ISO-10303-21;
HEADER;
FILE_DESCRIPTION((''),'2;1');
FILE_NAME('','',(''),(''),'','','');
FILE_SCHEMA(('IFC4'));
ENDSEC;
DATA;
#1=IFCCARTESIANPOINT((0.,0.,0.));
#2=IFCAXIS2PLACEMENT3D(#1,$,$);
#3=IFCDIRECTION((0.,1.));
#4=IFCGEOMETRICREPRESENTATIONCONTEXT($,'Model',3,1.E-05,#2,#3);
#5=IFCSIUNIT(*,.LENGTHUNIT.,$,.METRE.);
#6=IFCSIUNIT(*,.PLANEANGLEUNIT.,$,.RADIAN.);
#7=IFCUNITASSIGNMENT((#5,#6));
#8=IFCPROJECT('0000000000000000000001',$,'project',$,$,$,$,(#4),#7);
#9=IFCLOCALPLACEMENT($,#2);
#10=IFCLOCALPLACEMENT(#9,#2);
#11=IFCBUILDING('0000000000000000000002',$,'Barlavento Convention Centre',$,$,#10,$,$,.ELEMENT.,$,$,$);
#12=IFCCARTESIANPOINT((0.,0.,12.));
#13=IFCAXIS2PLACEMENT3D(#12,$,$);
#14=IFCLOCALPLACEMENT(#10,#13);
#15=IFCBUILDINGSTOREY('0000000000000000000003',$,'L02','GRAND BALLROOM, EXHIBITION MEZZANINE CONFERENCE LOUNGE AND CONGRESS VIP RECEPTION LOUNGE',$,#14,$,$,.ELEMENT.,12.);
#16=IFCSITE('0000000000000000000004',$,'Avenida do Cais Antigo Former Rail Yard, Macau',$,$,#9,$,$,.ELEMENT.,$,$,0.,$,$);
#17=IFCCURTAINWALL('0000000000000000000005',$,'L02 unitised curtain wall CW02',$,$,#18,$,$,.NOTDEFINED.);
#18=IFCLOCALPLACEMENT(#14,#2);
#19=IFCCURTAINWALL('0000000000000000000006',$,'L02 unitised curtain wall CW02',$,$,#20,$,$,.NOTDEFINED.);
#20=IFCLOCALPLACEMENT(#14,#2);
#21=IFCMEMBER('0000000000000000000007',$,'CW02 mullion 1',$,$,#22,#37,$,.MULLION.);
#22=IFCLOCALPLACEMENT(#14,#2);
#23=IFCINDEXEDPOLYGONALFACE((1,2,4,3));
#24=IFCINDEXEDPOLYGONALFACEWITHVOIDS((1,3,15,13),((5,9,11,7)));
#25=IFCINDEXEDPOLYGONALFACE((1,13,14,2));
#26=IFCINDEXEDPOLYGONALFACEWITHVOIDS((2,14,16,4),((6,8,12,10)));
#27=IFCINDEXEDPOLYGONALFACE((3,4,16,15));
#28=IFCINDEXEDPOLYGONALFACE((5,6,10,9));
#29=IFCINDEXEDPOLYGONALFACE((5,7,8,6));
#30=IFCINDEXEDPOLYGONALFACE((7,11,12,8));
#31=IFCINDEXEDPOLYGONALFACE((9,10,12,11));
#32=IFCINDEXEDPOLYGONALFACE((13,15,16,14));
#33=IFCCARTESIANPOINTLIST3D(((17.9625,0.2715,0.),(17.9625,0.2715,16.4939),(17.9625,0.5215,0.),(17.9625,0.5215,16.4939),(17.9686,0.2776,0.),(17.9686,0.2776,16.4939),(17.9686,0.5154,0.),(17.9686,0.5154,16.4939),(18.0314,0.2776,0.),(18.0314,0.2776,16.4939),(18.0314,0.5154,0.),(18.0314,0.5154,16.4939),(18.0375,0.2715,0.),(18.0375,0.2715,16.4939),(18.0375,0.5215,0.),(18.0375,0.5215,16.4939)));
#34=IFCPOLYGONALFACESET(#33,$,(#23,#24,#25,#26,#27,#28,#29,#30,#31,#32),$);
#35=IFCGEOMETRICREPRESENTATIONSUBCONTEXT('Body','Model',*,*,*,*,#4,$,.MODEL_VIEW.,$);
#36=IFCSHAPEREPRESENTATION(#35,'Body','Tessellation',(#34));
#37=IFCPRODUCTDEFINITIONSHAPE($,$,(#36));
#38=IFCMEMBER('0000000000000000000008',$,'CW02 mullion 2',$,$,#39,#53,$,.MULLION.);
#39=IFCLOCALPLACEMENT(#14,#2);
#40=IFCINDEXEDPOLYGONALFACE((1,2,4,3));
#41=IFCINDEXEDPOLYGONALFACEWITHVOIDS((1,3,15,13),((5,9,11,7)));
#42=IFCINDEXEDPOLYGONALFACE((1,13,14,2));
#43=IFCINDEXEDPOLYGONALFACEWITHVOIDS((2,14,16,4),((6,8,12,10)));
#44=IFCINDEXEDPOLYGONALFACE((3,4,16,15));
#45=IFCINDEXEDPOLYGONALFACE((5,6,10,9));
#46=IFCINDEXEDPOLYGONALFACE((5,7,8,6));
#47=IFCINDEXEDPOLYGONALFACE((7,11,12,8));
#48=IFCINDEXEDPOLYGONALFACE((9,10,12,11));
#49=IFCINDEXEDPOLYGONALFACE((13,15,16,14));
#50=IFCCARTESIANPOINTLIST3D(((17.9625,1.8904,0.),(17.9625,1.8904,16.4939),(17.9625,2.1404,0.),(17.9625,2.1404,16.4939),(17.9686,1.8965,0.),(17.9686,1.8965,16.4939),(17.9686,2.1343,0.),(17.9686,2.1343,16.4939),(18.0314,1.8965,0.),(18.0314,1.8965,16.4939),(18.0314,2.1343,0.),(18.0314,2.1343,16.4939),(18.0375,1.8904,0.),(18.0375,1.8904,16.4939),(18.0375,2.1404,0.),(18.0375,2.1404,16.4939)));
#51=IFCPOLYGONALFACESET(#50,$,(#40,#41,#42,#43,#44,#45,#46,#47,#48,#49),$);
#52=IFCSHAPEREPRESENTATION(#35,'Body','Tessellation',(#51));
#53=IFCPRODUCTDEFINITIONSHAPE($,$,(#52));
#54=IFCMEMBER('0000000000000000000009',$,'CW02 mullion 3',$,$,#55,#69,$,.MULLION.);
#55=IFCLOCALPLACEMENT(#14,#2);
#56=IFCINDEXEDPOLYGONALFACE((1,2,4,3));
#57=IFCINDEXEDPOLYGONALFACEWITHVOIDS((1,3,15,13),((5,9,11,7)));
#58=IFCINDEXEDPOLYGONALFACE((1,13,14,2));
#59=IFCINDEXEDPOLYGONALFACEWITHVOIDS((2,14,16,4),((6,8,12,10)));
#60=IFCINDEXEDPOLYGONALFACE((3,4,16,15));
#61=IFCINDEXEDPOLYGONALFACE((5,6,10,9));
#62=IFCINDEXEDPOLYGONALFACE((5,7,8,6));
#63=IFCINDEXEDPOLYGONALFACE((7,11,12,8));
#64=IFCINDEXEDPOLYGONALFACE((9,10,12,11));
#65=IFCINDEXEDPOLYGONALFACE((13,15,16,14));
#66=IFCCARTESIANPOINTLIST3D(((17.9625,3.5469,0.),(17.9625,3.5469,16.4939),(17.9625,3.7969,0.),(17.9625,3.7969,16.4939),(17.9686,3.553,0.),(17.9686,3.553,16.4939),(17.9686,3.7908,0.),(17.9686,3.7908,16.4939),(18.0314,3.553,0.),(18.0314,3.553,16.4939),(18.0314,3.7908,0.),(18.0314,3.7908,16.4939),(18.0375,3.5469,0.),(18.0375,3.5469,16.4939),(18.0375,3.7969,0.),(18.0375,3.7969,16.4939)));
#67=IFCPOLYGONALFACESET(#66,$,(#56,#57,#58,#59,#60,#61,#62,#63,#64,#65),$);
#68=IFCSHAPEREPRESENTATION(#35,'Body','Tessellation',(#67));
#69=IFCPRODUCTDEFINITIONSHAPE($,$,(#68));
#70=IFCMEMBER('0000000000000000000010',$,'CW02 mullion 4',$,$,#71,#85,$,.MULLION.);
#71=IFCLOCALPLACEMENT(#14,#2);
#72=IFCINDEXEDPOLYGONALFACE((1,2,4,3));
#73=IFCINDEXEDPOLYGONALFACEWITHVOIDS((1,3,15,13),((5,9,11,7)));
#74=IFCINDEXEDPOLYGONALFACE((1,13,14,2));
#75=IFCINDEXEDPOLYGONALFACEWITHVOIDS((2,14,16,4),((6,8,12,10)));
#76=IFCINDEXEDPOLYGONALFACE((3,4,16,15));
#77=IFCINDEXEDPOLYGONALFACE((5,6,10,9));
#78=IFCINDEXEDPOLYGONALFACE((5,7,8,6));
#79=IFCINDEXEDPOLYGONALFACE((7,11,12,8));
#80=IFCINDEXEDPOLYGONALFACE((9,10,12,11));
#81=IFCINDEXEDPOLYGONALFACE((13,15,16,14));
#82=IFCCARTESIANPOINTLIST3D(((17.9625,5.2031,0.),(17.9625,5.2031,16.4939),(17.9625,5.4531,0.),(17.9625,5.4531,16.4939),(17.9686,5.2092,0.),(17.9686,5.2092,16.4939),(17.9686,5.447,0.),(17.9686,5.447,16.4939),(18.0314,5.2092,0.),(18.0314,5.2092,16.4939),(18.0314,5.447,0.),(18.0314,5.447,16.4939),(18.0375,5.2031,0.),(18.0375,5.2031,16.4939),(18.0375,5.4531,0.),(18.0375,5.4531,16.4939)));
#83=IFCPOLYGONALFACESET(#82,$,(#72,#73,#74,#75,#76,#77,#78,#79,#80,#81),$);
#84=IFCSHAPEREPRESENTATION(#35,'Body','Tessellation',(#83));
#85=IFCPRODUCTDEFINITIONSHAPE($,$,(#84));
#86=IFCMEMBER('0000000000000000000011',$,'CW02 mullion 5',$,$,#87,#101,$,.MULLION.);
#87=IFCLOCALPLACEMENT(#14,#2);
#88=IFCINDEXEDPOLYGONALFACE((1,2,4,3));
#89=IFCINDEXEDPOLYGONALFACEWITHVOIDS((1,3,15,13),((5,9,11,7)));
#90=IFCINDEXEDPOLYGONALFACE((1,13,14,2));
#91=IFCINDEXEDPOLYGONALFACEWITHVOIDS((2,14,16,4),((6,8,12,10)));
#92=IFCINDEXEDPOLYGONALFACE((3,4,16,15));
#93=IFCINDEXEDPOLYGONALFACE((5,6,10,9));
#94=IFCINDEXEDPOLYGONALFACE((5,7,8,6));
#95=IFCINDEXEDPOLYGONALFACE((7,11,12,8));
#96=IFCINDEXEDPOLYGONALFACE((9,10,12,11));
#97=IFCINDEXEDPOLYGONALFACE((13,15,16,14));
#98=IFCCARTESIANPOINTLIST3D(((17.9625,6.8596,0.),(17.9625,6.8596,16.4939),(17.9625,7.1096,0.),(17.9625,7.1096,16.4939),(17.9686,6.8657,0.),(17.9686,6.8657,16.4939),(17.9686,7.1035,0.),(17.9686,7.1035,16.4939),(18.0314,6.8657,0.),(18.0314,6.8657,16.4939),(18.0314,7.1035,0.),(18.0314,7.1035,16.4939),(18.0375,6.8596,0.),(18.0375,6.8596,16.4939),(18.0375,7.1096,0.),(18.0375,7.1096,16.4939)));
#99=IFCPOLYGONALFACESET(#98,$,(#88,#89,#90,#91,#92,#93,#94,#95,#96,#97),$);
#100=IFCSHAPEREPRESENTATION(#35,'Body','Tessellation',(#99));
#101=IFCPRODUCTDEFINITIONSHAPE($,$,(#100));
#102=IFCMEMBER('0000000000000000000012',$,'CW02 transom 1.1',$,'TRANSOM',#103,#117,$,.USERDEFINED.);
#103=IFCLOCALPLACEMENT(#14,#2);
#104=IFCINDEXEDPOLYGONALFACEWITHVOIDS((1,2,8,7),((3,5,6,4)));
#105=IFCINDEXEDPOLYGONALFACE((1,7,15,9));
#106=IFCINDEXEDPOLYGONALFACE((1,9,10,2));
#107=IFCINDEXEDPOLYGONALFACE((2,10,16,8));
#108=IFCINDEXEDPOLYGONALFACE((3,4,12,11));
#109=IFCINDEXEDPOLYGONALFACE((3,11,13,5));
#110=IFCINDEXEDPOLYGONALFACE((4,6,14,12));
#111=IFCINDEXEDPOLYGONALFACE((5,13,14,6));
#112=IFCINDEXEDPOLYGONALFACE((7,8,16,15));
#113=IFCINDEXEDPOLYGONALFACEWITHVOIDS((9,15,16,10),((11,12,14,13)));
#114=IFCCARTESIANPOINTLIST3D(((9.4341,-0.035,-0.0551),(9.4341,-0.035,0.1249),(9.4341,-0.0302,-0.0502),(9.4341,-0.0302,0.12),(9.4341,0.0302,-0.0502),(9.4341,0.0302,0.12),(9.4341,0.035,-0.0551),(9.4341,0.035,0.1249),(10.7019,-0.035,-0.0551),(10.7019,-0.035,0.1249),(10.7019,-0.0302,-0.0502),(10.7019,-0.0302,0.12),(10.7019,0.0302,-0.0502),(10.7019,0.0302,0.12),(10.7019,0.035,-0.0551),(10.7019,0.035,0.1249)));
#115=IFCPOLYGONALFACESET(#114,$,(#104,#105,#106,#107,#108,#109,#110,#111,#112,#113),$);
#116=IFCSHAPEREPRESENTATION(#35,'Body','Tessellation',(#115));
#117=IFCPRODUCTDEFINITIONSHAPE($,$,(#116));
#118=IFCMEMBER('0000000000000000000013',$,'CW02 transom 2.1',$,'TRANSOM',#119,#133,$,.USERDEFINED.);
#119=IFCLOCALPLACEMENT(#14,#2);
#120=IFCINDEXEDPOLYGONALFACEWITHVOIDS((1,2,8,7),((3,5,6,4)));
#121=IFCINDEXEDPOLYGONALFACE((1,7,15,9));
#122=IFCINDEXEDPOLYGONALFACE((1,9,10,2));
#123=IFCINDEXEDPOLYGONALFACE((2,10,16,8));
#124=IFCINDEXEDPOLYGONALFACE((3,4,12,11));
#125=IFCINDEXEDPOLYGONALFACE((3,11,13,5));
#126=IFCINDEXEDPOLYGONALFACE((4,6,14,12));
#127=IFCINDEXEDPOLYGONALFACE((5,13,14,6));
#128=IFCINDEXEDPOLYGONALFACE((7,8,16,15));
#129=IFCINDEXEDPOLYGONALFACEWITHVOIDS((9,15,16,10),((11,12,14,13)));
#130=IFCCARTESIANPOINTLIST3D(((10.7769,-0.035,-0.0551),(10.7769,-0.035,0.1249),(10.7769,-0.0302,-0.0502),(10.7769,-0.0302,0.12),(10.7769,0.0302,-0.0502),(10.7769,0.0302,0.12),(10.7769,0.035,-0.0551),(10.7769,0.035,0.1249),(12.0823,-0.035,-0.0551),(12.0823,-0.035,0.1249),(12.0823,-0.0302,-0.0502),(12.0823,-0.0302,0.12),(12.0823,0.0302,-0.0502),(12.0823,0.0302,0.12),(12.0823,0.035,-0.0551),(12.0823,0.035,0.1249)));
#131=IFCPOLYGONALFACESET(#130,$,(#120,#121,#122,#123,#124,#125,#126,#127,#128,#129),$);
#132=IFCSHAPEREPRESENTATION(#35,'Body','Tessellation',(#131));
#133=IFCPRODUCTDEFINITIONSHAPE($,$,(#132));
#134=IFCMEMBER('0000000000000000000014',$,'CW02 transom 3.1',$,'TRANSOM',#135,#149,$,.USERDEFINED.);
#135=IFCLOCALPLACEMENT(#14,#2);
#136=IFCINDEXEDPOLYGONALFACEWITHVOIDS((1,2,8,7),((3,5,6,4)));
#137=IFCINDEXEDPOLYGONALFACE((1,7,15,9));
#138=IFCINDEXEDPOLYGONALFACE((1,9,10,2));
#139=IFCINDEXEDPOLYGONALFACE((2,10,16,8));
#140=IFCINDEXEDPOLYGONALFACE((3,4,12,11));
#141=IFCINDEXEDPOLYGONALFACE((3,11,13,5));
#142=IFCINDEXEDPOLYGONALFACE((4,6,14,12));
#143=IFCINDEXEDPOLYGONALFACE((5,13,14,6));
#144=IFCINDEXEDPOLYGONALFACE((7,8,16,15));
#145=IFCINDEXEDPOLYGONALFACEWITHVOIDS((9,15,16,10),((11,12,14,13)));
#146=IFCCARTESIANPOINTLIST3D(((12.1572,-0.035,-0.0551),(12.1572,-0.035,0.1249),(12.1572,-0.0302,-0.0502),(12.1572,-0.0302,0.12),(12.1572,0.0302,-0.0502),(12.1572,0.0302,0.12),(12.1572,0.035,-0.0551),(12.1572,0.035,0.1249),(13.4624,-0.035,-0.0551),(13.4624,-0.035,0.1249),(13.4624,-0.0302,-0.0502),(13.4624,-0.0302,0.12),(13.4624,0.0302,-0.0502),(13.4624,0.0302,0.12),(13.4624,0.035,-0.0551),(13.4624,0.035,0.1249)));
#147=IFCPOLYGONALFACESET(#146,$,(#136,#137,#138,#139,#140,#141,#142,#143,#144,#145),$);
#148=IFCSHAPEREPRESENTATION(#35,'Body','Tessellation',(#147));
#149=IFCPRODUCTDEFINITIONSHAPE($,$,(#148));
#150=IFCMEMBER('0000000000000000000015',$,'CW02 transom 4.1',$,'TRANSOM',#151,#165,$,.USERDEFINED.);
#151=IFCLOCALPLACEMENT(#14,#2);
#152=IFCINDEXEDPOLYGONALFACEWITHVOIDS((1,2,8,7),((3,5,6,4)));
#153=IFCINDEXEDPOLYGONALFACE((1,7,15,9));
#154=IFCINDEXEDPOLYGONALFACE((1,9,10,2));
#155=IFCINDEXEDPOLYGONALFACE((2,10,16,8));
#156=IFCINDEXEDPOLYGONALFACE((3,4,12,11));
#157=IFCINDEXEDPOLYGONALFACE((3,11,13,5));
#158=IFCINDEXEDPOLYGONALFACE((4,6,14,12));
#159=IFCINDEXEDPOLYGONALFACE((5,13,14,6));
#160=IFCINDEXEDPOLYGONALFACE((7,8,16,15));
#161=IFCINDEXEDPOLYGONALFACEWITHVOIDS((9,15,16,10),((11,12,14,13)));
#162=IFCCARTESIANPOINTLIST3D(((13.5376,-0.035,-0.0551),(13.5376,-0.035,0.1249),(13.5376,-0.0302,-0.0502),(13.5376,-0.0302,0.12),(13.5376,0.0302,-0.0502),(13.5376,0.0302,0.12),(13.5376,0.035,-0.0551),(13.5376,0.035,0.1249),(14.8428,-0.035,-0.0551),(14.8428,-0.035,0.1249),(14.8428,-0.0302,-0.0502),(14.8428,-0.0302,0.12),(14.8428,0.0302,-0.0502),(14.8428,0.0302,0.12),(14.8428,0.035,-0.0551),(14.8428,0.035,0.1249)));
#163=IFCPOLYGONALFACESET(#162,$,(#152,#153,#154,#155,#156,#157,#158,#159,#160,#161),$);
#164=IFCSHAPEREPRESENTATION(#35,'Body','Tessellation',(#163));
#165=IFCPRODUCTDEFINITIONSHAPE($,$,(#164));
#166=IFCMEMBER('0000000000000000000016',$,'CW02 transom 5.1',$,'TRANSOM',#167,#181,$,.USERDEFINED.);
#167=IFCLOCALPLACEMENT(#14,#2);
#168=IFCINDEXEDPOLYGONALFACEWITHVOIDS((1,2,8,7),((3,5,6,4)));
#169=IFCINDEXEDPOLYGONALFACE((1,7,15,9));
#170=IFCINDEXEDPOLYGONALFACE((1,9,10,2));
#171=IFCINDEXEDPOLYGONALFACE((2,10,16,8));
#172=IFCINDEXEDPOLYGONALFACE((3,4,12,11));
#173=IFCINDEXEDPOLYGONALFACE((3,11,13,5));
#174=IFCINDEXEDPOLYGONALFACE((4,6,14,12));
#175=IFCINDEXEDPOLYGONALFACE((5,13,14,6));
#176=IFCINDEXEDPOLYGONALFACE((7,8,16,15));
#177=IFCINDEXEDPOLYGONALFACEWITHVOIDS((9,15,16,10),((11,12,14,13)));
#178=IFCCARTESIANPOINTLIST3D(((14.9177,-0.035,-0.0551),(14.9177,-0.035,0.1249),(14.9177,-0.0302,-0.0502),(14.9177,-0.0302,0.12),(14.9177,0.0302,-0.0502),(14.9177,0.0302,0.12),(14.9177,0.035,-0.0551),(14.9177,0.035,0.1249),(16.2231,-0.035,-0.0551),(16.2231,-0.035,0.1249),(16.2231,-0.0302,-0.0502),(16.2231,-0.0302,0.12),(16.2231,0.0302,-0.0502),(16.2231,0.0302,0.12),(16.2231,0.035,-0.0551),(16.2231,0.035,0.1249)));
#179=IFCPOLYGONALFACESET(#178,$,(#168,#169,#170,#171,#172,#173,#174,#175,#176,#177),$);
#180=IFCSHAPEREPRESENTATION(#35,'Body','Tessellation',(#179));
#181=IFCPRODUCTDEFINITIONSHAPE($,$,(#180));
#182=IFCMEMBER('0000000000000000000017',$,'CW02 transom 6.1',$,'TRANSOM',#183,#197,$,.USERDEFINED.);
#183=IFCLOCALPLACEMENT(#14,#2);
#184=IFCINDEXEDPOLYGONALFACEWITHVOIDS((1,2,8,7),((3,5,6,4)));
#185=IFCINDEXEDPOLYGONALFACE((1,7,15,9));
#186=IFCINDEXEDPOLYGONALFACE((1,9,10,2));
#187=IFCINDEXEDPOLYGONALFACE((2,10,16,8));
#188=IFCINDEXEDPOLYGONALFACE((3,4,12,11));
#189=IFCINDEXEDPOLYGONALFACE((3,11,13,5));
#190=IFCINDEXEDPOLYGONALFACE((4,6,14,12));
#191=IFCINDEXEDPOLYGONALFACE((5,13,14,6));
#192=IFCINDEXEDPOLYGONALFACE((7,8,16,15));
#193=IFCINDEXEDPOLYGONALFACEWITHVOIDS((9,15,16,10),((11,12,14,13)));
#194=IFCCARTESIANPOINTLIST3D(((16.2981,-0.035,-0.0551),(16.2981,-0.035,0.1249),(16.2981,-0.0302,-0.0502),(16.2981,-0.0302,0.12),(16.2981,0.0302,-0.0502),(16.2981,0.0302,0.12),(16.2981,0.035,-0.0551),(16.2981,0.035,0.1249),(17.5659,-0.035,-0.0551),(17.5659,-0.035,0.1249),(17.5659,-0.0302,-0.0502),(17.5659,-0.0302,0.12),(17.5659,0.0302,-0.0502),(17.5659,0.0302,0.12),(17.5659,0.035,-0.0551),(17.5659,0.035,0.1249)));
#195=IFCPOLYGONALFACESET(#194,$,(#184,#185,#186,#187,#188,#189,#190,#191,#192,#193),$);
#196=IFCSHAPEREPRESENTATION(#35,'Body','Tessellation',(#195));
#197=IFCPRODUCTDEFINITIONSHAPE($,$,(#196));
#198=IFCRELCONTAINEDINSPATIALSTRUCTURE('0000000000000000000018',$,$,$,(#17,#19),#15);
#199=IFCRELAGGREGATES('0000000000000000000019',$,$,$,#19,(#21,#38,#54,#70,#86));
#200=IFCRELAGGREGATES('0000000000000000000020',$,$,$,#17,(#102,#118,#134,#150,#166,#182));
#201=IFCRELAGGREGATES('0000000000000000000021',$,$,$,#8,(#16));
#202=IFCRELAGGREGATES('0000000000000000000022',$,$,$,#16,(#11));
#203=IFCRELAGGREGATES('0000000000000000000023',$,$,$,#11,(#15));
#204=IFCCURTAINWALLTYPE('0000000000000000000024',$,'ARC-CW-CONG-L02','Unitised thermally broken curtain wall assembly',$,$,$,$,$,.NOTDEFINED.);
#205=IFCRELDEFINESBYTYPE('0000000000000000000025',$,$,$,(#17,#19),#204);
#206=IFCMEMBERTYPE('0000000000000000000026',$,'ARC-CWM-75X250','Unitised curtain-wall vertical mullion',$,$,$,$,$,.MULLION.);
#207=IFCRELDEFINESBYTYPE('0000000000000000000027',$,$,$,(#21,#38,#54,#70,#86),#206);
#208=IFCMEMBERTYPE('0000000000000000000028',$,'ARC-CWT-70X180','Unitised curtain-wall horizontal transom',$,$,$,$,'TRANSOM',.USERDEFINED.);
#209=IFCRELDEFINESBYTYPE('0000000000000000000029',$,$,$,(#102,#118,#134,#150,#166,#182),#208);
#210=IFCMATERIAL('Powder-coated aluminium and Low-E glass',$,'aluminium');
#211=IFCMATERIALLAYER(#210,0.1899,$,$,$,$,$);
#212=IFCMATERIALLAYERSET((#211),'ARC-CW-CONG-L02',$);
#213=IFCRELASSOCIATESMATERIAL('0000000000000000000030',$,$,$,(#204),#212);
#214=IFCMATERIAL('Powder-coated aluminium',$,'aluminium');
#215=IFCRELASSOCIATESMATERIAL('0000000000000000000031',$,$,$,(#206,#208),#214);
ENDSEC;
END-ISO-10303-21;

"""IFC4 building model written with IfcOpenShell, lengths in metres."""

from ifc_helpers import new_model, si_unit, direction, frame, origin, origin_2d, place, context, subcontext, project, spatial, hollow_rectangle, extrude, material, layer, layer_set, material_profile, profile_set, type_object, element, aggregate, save


model = new_model("IFC4")

# Units and contexts
model_context = context("Model", 3, precision=1e-05, world=origin(), true_north=direction((0.0, 1.0)))
body_context = subcontext(model_context, "Body", "Model", "MODEL_VIEW")
ifc_project = project(units=[si_unit("LENGTHUNIT", "METRE"), si_unit("PLANEANGLEUNIT", "RADIAN")], contexts=[model_context])

# Site, building, storey
site_placement = place(None, origin())
site = spatial("IfcSite", under=ifc_project, at=site_placement, Name="Avenida do Cais Antigo Former Rail Yard, Macau", CompositionType="ELEMENT", RefElevation=0.0)
building_placement = place(site_placement, origin())
building = spatial("IfcBuilding", under=site, at=building_placement, Name="Barlavento Convention Centre", CompositionType="ELEMENT")
storey_placement = place(building_placement, frame((0.0, 0.0, 12.0)))
storey = spatial("IfcBuildingStorey", under=building, at=storey_placement, Name="L02", Description="GRAND BALLROOM, EXHIBITION MEZZANINE CONFERENCE LOUNGE AND CONGRESS VIP RECEPTION LOUNGE", CompositionType="ELEMENT", Elevation=12.0)

# Curtain walls, members
ifc_material_1 = material(Name="Powder-coated aluminium and Low-E glass", Category="aluminium")
ifc_layer_1 = layer(ifc_material_1, 0.1899)
ifc_layer_set_1 = layer_set([ifc_layer_1], Name="ARC-CW-CONG-L02")
curtain_wall_type = type_object("IfcCurtainWallType", Name="ARC-CW-CONG-L02", Description="Unitised thermally broken curtain wall assembly", PredefinedType="NOTDEFINED", material=ifc_layer_set_1)
curtain_wall_1_placement = place(storey_placement, origin())
curtain_wall_1 = element("IfcCurtainWall", 1, at=curtain_wall_1_placement, inside=storey, type_object=curtain_wall_type, Name="L02 unitised curtain wall CW02", PredefinedType="NOTDEFINED")
ifc_material_2 = material(Name="Powder-coated aluminium", Category="aluminium")
ifc_material_profile_1 = material_profile(ifc_material_2, hollow_rectangle(XDim=0.075, YDim=0.25, WallThickness=0.0061, at=origin_2d()), Name="AL-MULL 75x250x6")
ifc_profile_set_1 = profile_set([ifc_material_profile_1], Name="Powder-coated aluminium")
member_type_1 = type_object("IfcMemberType", Name="ARC-CWM-75X250", Description="Unitised curtain-wall vertical mullion", PredefinedType="MULLION", material=ifc_profile_set_1)
curtain_wall_2_placement = place(storey_placement, origin())
curtain_wall_2 = element("IfcCurtainWall", 2, at=curtain_wall_2_placement, inside=storey, type_object=curtain_wall_type, Name="L02 unitised curtain wall CW02", PredefinedType="NOTDEFINED")
member_1_placement = place(storey_placement, frame((18.0, 0.3965, 0.0), z_axis=(0.0, 0.0, 1.0), x_axis=(-1.0, 0.0, 0.0)))
member_1 = element("IfcMember", 3, at=member_1_placement, type_object=member_type_1, Name="CW02 mullion 1", PredefinedType="MULLION", context=body_context, shape_type="SweptSolid", body=[
    extrude(hollow_rectangle(XDim=0.075, YDim=0.25, WallThickness=0.0061, at=origin_2d()), origin(), (0.0, 0.0, 1.0), 16.4939),
])
member_2_placement = place(storey_placement, frame((18.0, 2.0154, 0.0), z_axis=(0.0, 0.0, 1.0), x_axis=(-1.0, 0.0, 0.0)))
member_2 = element("IfcMember", 4, at=member_2_placement, type_object=member_type_1, Name="CW02 mullion 2", PredefinedType="MULLION", context=body_context, shape_type="SweptSolid", body=[
    extrude(hollow_rectangle(XDim=0.075, YDim=0.25, WallThickness=0.0061, at=origin_2d()), origin(), (0.0, 0.0, 1.0), 16.4939),
])
member_3_placement = place(storey_placement, frame((18.0, 3.6719, 0.0), z_axis=(0.0, 0.0, 1.0), x_axis=(-1.0, 0.0, 0.0)))
member_3 = element("IfcMember", 5, at=member_3_placement, type_object=member_type_1, Name="CW02 mullion 3", PredefinedType="MULLION", context=body_context, shape_type="SweptSolid", body=[
    extrude(hollow_rectangle(XDim=0.075, YDim=0.25, WallThickness=0.0061, at=origin_2d()), origin(), (0.0, 0.0, 1.0), 16.4939),
])
member_4_placement = place(storey_placement, frame((18.0, 5.3281, 0.0), z_axis=(0.0, 0.0, 1.0), x_axis=(-1.0, 0.0, 0.0)))
member_4 = element("IfcMember", 6, at=member_4_placement, type_object=member_type_1, Name="CW02 mullion 4", PredefinedType="MULLION", context=body_context, shape_type="SweptSolid", body=[
    extrude(hollow_rectangle(XDim=0.075, YDim=0.25, WallThickness=0.0061, at=origin_2d()), origin(), (0.0, 0.0, 1.0), 16.4939),
])
member_5_placement = place(storey_placement, frame((18.0, 6.9846, 0.0), z_axis=(0.0, 0.0, 1.0), x_axis=(-1.0, 0.0, 0.0)))
member_5 = element("IfcMember", 7, at=member_5_placement, type_object=member_type_1, Name="CW02 mullion 5", PredefinedType="MULLION", context=body_context, shape_type="SweptSolid", body=[
    extrude(hollow_rectangle(XDim=0.075, YDim=0.25, WallThickness=0.0061, at=origin_2d()), origin(), (0.0, 0.0, 1.0), 16.4939),
])

# Members
ifc_material_profile_2 = material_profile(ifc_material_2, hollow_rectangle(XDim=0.0701, YDim=0.1799, WallThickness=0.0049, at=origin_2d()), Name="AL-TRAN 70x180x5")
ifc_profile_set_2 = profile_set([ifc_material_profile_2], Name="Powder-coated aluminium")
member_type_2 = type_object("IfcMemberType", Name="ARC-CWT-70X180", Description="Unitised curtain-wall horizontal transom", ElementType="TRANSOM", PredefinedType="USERDEFINED", material=ifc_profile_set_2)
member_6_placement = place(storey_placement, frame((9.4341, 0.0, 0.0349), z_axis=(1.0, 0.0, 0.0), x_axis=(0.0, 1.0, 0.0)))
member_6 = element("IfcMember", 8, at=member_6_placement, type_object=member_type_2, Name="CW02 transom 1.1", ObjectType="TRANSOM", PredefinedType="USERDEFINED", context=body_context, shape_type="SweptSolid", body=[
    extrude(hollow_rectangle(XDim=0.0701, YDim=0.1799, WallThickness=0.0049, at=origin_2d()), origin(), (0.0, 0.0, 1.0), 1.2678),
])
member_7_placement = place(storey_placement, frame((10.7769, 0.0, 0.0349), z_axis=(1.0, 0.0, 0.0), x_axis=(0.0, 1.0, 0.0)))
member_7 = element("IfcMember", 9, at=member_7_placement, type_object=member_type_2, Name="CW02 transom 2.1", ObjectType="TRANSOM", PredefinedType="USERDEFINED", context=body_context, shape_type="SweptSolid", body=[
    extrude(hollow_rectangle(XDim=0.0701, YDim=0.1799, WallThickness=0.0049, at=origin_2d()), origin(), (0.0, 0.0, 1.0), 1.3054),
])
member_8_placement = place(storey_placement, frame((12.1572, 0.0, 0.0349), z_axis=(1.0, 0.0, 0.0), x_axis=(0.0, 1.0, 0.0)))
member_8 = element("IfcMember", 10, at=member_8_placement, type_object=member_type_2, Name="CW02 transom 3.1", ObjectType="TRANSOM", PredefinedType="USERDEFINED", context=body_context, shape_type="SweptSolid", body=[
    extrude(hollow_rectangle(XDim=0.0701, YDim=0.1799, WallThickness=0.0049, at=origin_2d()), origin(), (0.0, 0.0, 1.0), 1.3052),
])
member_9_placement = place(storey_placement, frame((13.5376, 0.0, 0.0349), z_axis=(1.0, 0.0, 0.0), x_axis=(0.0, 1.0, 0.0)))
member_9 = element("IfcMember", 11, at=member_9_placement, type_object=member_type_2, Name="CW02 transom 4.1", ObjectType="TRANSOM", PredefinedType="USERDEFINED", context=body_context, shape_type="SweptSolid", body=[
    extrude(hollow_rectangle(XDim=0.0701, YDim=0.1799, WallThickness=0.0049, at=origin_2d()), origin(), (0.0, 0.0, 1.0), 1.3052),
])
member_10_placement = place(storey_placement, frame((14.9177, 0.0, 0.0349), z_axis=(1.0, 0.0, 0.0), x_axis=(0.0, 1.0, 0.0)))
member_10 = element("IfcMember", 12, at=member_10_placement, type_object=member_type_2, Name="CW02 transom 5.1", ObjectType="TRANSOM", PredefinedType="USERDEFINED", context=body_context, shape_type="SweptSolid", body=[
    extrude(hollow_rectangle(XDim=0.0701, YDim=0.1799, WallThickness=0.0049, at=origin_2d()), origin(), (0.0, 0.0, 1.0), 1.3054),
])
member_11_placement = place(storey_placement, frame((16.2981, 0.0, 0.0349), z_axis=(1.0, 0.0, 0.0), x_axis=(0.0, 1.0, 0.0)))
member_11 = element("IfcMember", 13, at=member_11_placement, type_object=member_type_2, Name="CW02 transom 6.1", ObjectType="TRANSOM", PredefinedType="USERDEFINED", context=body_context, shape_type="SweptSolid", body=[
    extrude(hollow_rectangle(XDim=0.0701, YDim=0.1799, WallThickness=0.0049, at=origin_2d()), origin(), (0.0, 0.0, 1.0), 1.2678),
])
aggregate(curtain_wall_2, [member_1, member_2, member_3, member_4, member_5])

aggregate(curtain_wall_1, [member_6, member_7, member_8, member_9, member_10, member_11])

save(model, "model.ifc")
